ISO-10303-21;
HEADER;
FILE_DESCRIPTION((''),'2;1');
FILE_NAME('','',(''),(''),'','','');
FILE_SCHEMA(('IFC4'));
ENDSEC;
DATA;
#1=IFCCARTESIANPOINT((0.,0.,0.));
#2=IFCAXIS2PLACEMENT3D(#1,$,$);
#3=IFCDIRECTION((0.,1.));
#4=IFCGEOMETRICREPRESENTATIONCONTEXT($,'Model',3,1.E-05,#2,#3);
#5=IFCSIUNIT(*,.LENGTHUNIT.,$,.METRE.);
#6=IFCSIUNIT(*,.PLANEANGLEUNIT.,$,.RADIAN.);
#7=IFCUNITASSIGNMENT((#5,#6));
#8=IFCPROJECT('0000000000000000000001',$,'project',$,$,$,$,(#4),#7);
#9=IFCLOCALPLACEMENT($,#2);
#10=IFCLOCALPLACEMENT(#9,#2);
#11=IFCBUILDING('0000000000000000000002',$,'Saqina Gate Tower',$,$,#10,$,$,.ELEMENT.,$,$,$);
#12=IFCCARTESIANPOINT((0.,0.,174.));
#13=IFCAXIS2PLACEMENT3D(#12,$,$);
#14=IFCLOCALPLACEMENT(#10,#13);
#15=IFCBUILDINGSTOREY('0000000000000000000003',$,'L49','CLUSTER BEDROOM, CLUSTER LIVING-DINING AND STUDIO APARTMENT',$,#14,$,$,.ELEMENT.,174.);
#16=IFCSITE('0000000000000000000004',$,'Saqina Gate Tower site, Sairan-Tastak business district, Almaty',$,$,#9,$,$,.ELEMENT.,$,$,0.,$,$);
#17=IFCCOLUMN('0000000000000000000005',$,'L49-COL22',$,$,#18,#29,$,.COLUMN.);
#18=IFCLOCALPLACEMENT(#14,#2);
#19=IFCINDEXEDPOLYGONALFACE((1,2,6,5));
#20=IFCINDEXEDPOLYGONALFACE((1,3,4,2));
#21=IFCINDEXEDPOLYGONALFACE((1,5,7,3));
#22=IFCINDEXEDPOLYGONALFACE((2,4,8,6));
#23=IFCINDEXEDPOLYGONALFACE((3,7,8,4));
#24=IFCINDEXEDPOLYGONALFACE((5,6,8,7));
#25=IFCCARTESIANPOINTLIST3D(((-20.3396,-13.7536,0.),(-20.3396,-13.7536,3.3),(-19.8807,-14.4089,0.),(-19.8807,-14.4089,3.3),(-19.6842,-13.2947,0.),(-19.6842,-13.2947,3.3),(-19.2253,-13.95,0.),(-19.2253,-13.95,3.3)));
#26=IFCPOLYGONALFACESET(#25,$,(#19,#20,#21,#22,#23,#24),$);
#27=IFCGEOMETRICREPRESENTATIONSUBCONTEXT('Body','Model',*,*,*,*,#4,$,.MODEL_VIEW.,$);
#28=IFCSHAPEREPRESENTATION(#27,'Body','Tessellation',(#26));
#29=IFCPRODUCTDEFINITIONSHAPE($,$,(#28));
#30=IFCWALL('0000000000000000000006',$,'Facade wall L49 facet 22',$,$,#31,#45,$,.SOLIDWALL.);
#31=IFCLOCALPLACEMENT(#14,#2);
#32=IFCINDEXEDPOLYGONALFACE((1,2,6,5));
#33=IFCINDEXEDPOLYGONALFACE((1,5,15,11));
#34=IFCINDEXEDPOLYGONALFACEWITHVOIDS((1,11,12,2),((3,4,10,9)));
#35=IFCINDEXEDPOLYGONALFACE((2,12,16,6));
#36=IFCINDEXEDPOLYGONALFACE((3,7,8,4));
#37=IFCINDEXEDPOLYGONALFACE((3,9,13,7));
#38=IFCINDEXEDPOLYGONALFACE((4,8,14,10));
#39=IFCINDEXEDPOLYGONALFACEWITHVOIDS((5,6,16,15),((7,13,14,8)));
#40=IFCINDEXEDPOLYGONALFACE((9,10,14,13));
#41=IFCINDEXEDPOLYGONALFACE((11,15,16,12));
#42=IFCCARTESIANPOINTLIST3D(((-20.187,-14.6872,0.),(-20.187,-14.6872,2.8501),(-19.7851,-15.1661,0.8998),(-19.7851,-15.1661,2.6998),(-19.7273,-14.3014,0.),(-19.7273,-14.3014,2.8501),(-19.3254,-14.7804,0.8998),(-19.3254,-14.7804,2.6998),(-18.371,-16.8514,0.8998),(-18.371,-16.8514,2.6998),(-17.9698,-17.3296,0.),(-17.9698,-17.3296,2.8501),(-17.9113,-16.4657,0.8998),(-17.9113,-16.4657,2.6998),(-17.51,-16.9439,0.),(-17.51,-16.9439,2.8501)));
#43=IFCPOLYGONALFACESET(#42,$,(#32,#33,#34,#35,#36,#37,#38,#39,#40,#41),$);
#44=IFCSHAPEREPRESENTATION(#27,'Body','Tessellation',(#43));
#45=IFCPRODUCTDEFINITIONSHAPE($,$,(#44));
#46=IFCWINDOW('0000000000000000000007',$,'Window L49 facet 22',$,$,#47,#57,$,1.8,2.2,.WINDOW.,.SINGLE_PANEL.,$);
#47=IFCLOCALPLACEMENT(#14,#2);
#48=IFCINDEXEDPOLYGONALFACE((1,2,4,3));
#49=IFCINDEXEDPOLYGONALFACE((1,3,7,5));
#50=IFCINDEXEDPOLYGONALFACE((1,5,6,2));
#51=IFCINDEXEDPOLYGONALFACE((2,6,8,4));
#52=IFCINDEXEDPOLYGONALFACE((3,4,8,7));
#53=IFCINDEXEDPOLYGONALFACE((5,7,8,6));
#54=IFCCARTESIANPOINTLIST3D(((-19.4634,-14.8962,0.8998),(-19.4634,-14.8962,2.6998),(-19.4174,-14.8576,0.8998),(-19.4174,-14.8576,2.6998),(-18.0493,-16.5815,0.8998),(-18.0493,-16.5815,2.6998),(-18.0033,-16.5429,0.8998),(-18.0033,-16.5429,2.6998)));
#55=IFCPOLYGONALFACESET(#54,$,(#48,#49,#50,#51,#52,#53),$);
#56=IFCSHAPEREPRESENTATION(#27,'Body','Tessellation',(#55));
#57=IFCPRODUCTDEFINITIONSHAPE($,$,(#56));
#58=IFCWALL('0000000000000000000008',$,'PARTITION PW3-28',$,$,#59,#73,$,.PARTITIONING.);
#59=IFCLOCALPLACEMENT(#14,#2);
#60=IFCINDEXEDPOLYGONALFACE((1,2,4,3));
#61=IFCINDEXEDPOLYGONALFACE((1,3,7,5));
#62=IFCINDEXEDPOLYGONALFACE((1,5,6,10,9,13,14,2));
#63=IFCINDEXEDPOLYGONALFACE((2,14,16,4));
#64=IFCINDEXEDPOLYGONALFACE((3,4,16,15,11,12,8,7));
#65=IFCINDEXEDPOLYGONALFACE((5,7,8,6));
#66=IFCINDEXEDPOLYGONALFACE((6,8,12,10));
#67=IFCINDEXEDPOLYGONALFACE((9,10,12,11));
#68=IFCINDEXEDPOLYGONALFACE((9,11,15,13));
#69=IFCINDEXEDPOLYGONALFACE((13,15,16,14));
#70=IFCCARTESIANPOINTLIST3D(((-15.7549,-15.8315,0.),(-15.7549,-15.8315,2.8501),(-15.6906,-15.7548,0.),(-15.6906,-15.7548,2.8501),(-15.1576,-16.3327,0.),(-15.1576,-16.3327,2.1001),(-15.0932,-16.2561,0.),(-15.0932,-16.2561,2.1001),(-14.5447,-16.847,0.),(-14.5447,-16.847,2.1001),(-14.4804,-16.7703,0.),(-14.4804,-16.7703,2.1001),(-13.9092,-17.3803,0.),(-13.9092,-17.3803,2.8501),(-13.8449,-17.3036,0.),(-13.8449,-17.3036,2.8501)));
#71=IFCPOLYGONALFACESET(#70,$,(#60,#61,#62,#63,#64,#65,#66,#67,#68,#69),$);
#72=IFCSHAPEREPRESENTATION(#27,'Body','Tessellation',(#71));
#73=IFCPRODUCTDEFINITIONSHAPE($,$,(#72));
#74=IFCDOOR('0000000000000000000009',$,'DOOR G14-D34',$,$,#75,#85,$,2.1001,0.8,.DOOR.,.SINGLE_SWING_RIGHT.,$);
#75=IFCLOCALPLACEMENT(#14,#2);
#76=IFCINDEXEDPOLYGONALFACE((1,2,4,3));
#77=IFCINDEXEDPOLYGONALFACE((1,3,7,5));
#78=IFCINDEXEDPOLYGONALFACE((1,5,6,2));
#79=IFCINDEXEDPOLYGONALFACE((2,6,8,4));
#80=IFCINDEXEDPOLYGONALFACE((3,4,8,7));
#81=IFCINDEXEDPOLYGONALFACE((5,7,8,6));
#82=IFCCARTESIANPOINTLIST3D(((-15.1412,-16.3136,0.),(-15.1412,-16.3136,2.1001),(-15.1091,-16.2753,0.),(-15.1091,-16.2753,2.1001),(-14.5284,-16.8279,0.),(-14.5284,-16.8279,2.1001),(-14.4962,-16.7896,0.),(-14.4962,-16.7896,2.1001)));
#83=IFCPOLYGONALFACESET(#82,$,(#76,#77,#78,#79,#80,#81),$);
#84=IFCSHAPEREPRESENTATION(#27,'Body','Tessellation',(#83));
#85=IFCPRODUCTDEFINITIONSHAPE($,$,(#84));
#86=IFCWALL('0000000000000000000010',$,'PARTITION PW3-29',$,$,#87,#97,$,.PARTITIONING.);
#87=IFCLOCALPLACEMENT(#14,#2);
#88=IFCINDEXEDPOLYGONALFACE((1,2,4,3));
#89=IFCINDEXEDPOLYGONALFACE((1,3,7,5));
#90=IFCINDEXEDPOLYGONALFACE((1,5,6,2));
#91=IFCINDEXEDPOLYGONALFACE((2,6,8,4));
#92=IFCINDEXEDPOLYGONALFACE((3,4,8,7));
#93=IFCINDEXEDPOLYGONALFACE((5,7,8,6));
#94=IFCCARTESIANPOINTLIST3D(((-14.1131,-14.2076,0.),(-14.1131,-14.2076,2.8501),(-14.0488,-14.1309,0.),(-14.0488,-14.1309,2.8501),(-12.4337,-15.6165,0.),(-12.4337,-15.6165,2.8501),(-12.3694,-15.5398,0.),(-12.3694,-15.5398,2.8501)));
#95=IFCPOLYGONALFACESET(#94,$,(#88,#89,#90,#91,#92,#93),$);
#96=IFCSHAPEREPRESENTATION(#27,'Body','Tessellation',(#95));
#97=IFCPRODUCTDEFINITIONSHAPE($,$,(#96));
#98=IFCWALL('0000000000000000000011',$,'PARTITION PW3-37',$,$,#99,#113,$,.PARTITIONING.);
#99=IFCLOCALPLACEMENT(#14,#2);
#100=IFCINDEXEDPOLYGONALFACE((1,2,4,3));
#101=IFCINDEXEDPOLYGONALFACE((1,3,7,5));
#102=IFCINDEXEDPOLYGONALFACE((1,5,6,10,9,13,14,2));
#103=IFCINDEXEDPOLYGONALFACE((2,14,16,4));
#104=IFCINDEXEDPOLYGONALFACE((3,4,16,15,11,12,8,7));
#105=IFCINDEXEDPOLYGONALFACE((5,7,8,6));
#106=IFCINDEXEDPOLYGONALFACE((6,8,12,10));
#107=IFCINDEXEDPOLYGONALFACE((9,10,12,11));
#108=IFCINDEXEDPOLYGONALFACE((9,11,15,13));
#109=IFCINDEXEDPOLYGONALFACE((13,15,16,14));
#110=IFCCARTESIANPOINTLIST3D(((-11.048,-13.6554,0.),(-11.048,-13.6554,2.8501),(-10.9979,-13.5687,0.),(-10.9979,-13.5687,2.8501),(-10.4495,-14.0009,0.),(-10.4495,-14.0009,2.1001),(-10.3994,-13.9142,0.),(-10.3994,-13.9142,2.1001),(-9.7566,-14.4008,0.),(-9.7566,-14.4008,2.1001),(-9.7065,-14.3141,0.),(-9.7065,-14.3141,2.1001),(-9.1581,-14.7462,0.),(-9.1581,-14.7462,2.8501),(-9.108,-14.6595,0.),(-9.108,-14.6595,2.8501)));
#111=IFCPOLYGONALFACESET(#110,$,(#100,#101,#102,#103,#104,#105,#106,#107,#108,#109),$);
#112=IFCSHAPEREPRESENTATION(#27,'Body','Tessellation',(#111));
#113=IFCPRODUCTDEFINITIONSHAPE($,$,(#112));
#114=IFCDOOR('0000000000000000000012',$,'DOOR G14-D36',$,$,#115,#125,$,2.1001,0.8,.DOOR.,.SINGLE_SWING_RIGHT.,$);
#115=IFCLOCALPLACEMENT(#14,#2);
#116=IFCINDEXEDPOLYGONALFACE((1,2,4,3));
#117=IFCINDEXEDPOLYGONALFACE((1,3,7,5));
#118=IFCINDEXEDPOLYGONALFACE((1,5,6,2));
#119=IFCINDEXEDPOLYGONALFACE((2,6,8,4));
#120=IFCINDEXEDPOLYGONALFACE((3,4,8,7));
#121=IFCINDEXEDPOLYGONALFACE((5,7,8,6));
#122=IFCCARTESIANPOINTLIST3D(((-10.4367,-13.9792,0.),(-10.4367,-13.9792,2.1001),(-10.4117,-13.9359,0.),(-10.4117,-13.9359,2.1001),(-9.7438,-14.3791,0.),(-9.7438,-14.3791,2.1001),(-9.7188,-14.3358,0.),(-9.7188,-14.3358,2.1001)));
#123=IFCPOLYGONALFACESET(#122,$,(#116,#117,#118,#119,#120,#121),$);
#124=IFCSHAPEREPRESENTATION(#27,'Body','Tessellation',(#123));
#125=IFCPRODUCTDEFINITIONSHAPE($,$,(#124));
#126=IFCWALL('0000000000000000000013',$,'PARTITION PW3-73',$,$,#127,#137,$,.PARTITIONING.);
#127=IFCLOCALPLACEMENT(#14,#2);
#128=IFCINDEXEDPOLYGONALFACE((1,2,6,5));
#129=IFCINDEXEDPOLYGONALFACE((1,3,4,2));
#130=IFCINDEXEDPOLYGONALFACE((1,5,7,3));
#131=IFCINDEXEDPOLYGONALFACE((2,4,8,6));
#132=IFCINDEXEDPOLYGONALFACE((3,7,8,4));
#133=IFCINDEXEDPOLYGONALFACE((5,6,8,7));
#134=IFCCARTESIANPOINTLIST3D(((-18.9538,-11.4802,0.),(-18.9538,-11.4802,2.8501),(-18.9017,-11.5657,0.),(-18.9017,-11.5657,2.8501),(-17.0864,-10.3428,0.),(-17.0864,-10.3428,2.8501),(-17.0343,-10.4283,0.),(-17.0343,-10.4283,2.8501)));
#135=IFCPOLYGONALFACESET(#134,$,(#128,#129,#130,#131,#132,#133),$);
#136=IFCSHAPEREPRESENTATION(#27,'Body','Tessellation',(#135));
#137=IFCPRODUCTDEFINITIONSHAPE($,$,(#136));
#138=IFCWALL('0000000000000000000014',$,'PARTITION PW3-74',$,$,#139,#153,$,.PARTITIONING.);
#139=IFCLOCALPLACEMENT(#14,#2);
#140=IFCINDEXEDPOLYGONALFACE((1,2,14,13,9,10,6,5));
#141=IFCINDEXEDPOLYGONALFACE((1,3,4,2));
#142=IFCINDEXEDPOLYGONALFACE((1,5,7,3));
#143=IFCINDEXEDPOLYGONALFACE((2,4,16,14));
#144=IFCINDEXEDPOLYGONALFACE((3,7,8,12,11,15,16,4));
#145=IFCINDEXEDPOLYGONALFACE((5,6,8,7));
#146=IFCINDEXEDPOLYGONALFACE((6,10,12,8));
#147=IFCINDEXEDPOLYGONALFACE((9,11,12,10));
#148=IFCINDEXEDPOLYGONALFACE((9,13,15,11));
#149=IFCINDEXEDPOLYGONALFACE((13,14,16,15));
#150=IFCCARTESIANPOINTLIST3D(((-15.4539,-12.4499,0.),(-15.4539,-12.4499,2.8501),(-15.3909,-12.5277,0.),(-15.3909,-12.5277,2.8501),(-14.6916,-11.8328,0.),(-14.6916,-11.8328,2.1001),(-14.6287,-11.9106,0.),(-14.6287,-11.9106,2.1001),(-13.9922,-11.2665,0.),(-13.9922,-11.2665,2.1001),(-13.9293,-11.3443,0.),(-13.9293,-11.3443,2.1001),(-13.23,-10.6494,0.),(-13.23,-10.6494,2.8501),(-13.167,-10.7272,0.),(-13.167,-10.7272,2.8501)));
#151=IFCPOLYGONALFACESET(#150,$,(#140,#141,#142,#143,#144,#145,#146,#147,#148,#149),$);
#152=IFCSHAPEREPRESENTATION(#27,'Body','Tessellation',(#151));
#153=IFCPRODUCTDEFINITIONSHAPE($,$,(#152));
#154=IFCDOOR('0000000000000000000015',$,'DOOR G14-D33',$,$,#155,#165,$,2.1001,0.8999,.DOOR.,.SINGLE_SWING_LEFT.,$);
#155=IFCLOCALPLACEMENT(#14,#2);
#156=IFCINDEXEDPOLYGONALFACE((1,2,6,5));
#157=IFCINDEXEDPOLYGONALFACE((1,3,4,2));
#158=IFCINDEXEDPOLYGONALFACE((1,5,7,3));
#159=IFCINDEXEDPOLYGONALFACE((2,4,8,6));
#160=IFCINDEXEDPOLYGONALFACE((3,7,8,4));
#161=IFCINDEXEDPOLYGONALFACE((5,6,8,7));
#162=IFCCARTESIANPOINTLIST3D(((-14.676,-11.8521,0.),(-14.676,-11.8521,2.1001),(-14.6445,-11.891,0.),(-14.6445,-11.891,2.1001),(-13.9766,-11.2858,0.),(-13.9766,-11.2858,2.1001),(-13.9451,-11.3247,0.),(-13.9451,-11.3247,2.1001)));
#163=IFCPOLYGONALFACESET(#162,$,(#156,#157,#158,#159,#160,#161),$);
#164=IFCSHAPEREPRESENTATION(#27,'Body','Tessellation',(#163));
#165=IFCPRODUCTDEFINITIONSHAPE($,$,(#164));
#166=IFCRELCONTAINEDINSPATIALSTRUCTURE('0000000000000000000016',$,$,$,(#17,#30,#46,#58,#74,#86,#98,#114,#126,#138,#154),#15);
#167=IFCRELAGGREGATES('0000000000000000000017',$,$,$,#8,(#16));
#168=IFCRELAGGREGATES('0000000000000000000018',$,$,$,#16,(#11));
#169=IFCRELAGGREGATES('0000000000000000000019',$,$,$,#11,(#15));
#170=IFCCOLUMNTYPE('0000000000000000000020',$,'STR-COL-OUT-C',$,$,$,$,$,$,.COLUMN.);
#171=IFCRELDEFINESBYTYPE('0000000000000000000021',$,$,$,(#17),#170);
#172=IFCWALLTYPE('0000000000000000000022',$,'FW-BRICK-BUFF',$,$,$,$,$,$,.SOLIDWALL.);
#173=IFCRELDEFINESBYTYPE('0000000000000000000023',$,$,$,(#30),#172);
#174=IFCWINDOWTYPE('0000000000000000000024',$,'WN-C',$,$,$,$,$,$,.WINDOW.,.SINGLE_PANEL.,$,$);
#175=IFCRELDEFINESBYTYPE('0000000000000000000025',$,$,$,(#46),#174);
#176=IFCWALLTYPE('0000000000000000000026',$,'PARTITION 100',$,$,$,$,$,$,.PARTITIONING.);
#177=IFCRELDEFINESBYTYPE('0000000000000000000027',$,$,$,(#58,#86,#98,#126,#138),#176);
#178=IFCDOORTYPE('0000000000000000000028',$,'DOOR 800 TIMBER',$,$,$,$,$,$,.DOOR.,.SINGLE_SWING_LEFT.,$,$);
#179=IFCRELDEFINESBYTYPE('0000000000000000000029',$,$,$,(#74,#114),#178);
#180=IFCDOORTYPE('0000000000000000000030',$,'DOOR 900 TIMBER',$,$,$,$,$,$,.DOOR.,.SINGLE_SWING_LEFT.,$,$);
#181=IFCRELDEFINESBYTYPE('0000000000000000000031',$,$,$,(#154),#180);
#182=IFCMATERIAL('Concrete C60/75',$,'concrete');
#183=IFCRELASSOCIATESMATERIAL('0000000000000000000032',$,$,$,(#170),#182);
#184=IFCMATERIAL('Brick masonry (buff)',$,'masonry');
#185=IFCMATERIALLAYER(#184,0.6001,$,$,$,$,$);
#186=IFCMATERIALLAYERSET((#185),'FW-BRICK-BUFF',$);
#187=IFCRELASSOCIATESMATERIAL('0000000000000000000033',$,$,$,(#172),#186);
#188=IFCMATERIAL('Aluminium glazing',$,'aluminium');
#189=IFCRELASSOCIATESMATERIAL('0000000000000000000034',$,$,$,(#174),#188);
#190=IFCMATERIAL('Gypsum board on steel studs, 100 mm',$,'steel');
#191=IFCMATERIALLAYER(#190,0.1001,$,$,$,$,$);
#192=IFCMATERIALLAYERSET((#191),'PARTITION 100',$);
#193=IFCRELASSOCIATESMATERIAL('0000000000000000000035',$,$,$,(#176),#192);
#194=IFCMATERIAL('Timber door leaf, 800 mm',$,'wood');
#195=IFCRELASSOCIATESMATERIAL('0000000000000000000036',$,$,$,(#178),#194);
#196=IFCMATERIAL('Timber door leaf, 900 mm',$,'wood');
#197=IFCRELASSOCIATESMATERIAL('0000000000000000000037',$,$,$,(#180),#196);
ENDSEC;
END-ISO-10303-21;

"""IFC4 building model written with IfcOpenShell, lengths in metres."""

from ifc_helpers import new_model, si_unit, direction, frame, frame_2d, origin, origin_2d, place, context, subcontext, project, spatial, rectangle, extrude, material, layer, layer_set, material_profile, profile_set, type_object, element, fill, save


model = new_model("IFC4")

# Units and contexts
model_context = context("Model", 3, precision=1e-05, world=origin(), true_north=direction((0.0, 1.0)))
body_context = subcontext(model_context, "Body", "Model", "MODEL_VIEW")
ifc_project = project(units=[si_unit("LENGTHUNIT", "METRE"), si_unit("PLANEANGLEUNIT", "RADIAN")], contexts=[model_context])

# Site, building, storey
site_placement = place(None, origin())
site = spatial("IfcSite", under=ifc_project, at=site_placement, Name="Saqina Gate Tower site, Sairan-Tastak business district, Almaty", CompositionType="ELEMENT", RefElevation=0.0)
building_placement = place(site_placement, origin())
building = spatial("IfcBuilding", under=site, at=building_placement, Name="Saqina Gate Tower", CompositionType="ELEMENT")
storey_placement = place(building_placement, frame((0.0, 0.0, 174.0)))
storey = spatial("IfcBuildingStorey", under=building, at=storey_placement, Name="L49", Description="CLUSTER BEDROOM, CLUSTER LIVING-DINING AND STUDIO APARTMENT", CompositionType="ELEMENT", Elevation=174.0)

# Column
ifc_material_1 = material(Name="Concrete C60/75", Category="concrete")
ifc_material_profile = material_profile(ifc_material_1, rectangle(XDim=0.8, YDim=0.8, at=origin_2d()), Name="RC 800x800")
ifc_profile_set = profile_set([ifc_material_profile], Name="Concrete C60/75")
column_type = type_object("IfcColumnType", Name="STR-COL-OUT-C", PredefinedType="COLUMN", material=ifc_profile_set)
column_placement = place(storey_placement, frame((-19.7825, -13.8518, 0.0), z_axis=(0.0, 0.0, 1.0), x_axis=(-0.819152, -0.573576, 0.0)))
element("IfcColumn", 1, at=column_placement, inside=storey, type_object=column_type, Name="L49-COL22", PredefinedType="COLUMN", context=body_context, shape_type="SweptSolid", body=[
    extrude(rectangle(XDim=0.8, YDim=0.8, at=origin_2d()), origin(), (0.0, 0.0, 1.0), 3.3),
])

# Wall, opening, window
ifc_material_2 = material(Name="Brick masonry (buff)", Category="masonry")
ifc_layer_1 = layer(ifc_material_2, 0.6001)
ifc_layer_set_1 = layer_set([ifc_layer_1], Name="FW-BRICK-BUFF")
wall_type_1 = type_object("IfcWallType", Name="FW-BRICK-BUFF", PredefinedType="SOLIDWALL", material=ifc_layer_set_1)
wall_1_placement = place(storey_placement, frame((-19.957, -14.4944, 0.0), z_axis=(0.0, 0.0, 1.0), x_axis=(0.64277, -0.766059, 0.0)))
wall_1 = element("IfcWall", 2, at=wall_1_placement, inside=storey, type_object=wall_type_1, Name="Facade wall L49 facet 22", PredefinedType="SOLIDWALL", context=body_context, shape_type="SweptSolid", body=[
    extrude(rectangle(XDim=3.4495, YDim=0.6001, at=frame_2d((1.7246, 0.0))), origin(), (0.0, 0.0, 1.0), 2.8501),
])
opening_1_placement = place(wall_1_placement, frame((0.625, 0.0, 0.8999)))
opening_1 = element("IfcOpeningElement", 3, at=opening_1_placement, cuts=wall_1, PredefinedType="OPENING", context=body_context, shape_type="SweptSolid", body=[
    extrude(rectangle(XDim=2.2, YDim=1.8, at=frame_2d((1.1001, 0.8999))), frame((0.0, 0.312, 0.0), z_axis=(0.0, -1.0, 0.0), x_axis=(1.0, 0.0, 0.0)), (0.0, 0.0, 1.0), 0.624),
])
ifc_material_3 = material(Name="Aluminium glazing", Category="aluminium")
window_type = type_object("IfcWindowType", Name="WN-C", PartitioningType="SINGLE_PANEL", PredefinedType="WINDOW", material=ifc_material_3)
window_placement = place(opening_1_placement, origin())
window = element("IfcWindow", 4, at=window_placement, inside=storey, type_object=window_type, Name="Window L49 facet 22", OverallHeight=1.8, OverallWidth=2.2, PartitioningType="SINGLE_PANEL", PredefinedType="WINDOW", context=body_context, shape_type="SweptSolid", body=[
    extrude(rectangle(XDim=2.2, YDim=1.8, at=frame_2d((1.1001, 0.8999))), frame((0.0, 0.1799, 0.0), z_axis=(0.0, -1.0, 0.0), x_axis=(1.0, 0.0, 0.0)), (0.0, 0.0, 1.0), 0.0601),
])
fill(opening_1, window)

# Wall, opening, door
ifc_material_4 = material(Name="Gypsum board on steel studs, 100 mm", Category="steel")
ifc_layer_2 = layer(ifc_material_4, 0.1001)
ifc_layer_set_2 = layer_set([ifc_layer_2], Name="PARTITION 100")
wall_type_2 = type_object("IfcWallType", Name="PARTITION 100", PredefinedType="PARTITIONING", material=ifc_layer_set_2)
wall_2_placement = place(storey_placement, frame((-15.7227, -15.7932, 0.0), z_axis=(0.0, 0.0, 1.0), x_axis=(0.766024, -0.642812, 0.0)))
wall_2 = element("IfcWall", 5, at=wall_2_placement, inside=storey, type_object=wall_type_2, Name="PARTITION PW3-28", PredefinedType="PARTITIONING", context=body_context, shape_type="SweptSolid", body=[
    extrude(rectangle(XDim=2.4094, YDim=0.1001, at=frame_2d((1.2046, 0.0))), origin(), (0.0, 0.0, 1.0), 2.8501),
])
opening_2_placement = place(wall_2_placement, frame((0.7798, 0.0, 0.0)))
opening_2 = element("IfcOpeningElement", 6, at=opening_2_placement, cuts=wall_2, PredefinedType="OPENING", context=body_context, shape_type="SweptSolid", body=[
    extrude(rectangle(XDim=0.8, YDim=2.1001, at=frame_2d((0.3999, 1.05))), frame((0.0, 0.062, 0.0), z_axis=(0.0, -1.0, 0.0), x_axis=(1.0, 0.0, 0.0)), (0.0, 0.0, 1.0), 0.124),
])
ifc_material_5 = material(Name="Timber door leaf, 800 mm", Category="wood")
door_type_1 = type_object("IfcDoorType", Name="DOOR 800 TIMBER", OperationType="SINGLE_SWING_LEFT", PredefinedType="DOOR", material=ifc_material_5)
door_1_placement = place(opening_2_placement, frame((0.8, 0.0, 0.0), z_axis=(0.0, 0.0, 1.0), x_axis=(-1.0, 0.0, 0.0)))
door_1 = element("IfcDoor", 7, at=door_1_placement, inside=storey, type_object=door_type_1, Name="DOOR G14-D34", OperationType="SINGLE_SWING_RIGHT", OverallHeight=2.1001, OverallWidth=0.8, PredefinedType="DOOR", context=body_context, shape_type="SweptSolid", body=[
    extrude(rectangle(XDim=0.8, YDim=2.1001, at=frame_2d((0.3999, 1.05))), frame((0.0, 0.0249, 0.0), z_axis=(0.0, -1.0, 0.0), x_axis=(1.0, 0.0, 0.0)), (0.0, 0.0, 1.0), 0.05),
])
fill(opening_2, door_1)

# Wall
wall_3_placement = place(storey_placement, frame((-14.0811, -14.1692, 0.0), z_axis=(0.0, 0.0, 1.0), x_axis=(0.766108, -0.642711, 0.0)))
element("IfcWall", 8, at=wall_3_placement, inside=storey, type_object=wall_type_2, Name="PARTITION PW3-29", PredefinedType="PARTITIONING", context=body_context, shape_type="SweptSolid", body=[
    extrude(rectangle(XDim=2.1921, YDim=0.1001, at=frame_2d((1.0962, 0.0))), origin(), (0.0, 0.0, 1.0), 2.8501),
])

# Wall, opening, door
wall_4_placement = place(storey_placement, frame((-11.0229, -13.6121, 0.0), z_axis=(0.0, 0.0, 1.0), x_axis=(0.866087, -0.499894, 0.0)))
wall_4 = element("IfcWall", 9, at=wall_4_placement, inside=storey, type_object=wall_type_2, Name="PARTITION PW3-37", PredefinedType="PARTITIONING", context=body_context, shape_type="SweptSolid", body=[
    extrude(rectangle(XDim=2.1821, YDim=0.1001, at=frame_2d((1.0911, 0.0))), origin(), (0.0, 0.0, 1.0), 2.8501),
])
opening_3_placement = place(wall_4_placement, frame((0.6912, 0.0, 0.0)))
opening_3 = element("IfcOpeningElement", 10, at=opening_3_placement, cuts=wall_4, PredefinedType="OPENING", context=body_context, shape_type="SweptSolid", body=[
    extrude(rectangle(XDim=0.8, YDim=2.1001, at=frame_2d((0.3999, 1.05))), frame((0.0, 0.062, 0.0), z_axis=(0.0, -1.0, 0.0), x_axis=(1.0, 0.0, 0.0)), (0.0, 0.0, 1.0), 0.124),
])
door_2_placement = place(opening_3_placement, frame((0.8, 0.0, 0.0), z_axis=(0.0, 0.0, 1.0), x_axis=(-1.0, 0.0, 0.0)))
door_2 = element("IfcDoor", 11, at=door_2_placement, inside=storey, type_object=door_type_1, Name="DOOR G14-D36", OperationType="SINGLE_SWING_RIGHT", OverallHeight=2.1001, OverallWidth=0.8, PredefinedType="DOOR", context=body_context, shape_type="SweptSolid", body=[
    extrude(rectangle(XDim=0.8, YDim=2.1001, at=frame_2d((0.3999, 1.05))), frame((0.0, 0.0249, 0.0), z_axis=(0.0, -1.0, 0.0), x_axis=(1.0, 0.0, 0.0)), (0.0, 0.0, 1.0), 0.05),
])
fill(opening_3, door_2)

# Wall
wall_5_placement = place(storey_placement, frame((-18.9277, -11.5229, 0.0), z_axis=(0.0, 0.0, 1.0), x_axis=(0.854045, 0.520198, 0.0)))
element("IfcWall", 12, at=wall_5_placement, inside=storey, type_object=wall_type_2, Name="PARTITION PW3-73", PredefinedType="PARTITIONING", context=body_context, shape_type="SweptSolid", body=[
    extrude(rectangle(XDim=2.1865, YDim=0.1001, at=frame_2d((1.0933, 0.0))), origin(), (0.0, 0.0, 1.0), 2.8501),
])

# Wall, opening, door
wall_6_placement = place(storey_placement, frame((-15.4224, -12.4888, 0.0), z_axis=(0.0, 0.0, 1.0), x_axis=(0.777201, 0.629252, 0.0)))
wall_6 = element("IfcWall", 13, at=wall_6_placement, inside=storey, type_object=wall_type_2, Name="PARTITION PW3-74", PredefinedType="PARTITIONING", context=body_context, shape_type="SweptSolid", body=[
    extrude(rectangle(XDim=2.8613, YDim=0.1001, at=frame_2d((1.4307, 0.0))), origin(), (0.0, 0.0, 1.0), 2.8501),
])
opening_4_placement = place(wall_6_placement, frame((0.9807, 0.0, 0.0)))
opening_4 = element("IfcOpeningElement", 14, at=opening_4_placement, cuts=wall_6, PredefinedType="OPENING", context=body_context, shape_type="SweptSolid", body=[
    extrude(rectangle(XDim=0.8999, YDim=2.1001, at=frame_2d((0.45, 1.05))), frame((0.0, 0.062, 0.0), z_axis=(0.0, -1.0, 0.0), x_axis=(1.0, 0.0, 0.0)), (0.0, 0.0, 1.0), 0.124),
])
ifc_material_6 = material(Name="Timber door leaf, 900 mm", Category="wood")
door_type_2 = type_object("IfcDoorType", Name="DOOR 900 TIMBER", OperationType="SINGLE_SWING_LEFT", PredefinedType="DOOR", material=ifc_material_6)
door_3_placement = place(opening_4_placement, frame((0.8999, 0.0, 0.0), z_axis=(0.0, 0.0, 1.0), x_axis=(-1.0, 0.0, 0.0)))
door_3 = element("IfcDoor", 15, at=door_3_placement, inside=storey, type_object=door_type_2, Name="DOOR G14-D33", OperationType="SINGLE_SWING_LEFT", OverallHeight=2.1001, OverallWidth=0.8999, PredefinedType="DOOR", context=body_context, shape_type="SweptSolid", body=[
    extrude(rectangle(XDim=0.8999, YDim=2.1001, at=frame_2d((0.45, 1.05))), frame((0.0, 0.0249, 0.0), z_axis=(0.0, -1.0, 0.0), x_axis=(1.0, 0.0, 0.0)), (0.0, 0.0, 1.0), 0.05),
])
fill(opening_4, door_3)

save(model, "model.ifc")
